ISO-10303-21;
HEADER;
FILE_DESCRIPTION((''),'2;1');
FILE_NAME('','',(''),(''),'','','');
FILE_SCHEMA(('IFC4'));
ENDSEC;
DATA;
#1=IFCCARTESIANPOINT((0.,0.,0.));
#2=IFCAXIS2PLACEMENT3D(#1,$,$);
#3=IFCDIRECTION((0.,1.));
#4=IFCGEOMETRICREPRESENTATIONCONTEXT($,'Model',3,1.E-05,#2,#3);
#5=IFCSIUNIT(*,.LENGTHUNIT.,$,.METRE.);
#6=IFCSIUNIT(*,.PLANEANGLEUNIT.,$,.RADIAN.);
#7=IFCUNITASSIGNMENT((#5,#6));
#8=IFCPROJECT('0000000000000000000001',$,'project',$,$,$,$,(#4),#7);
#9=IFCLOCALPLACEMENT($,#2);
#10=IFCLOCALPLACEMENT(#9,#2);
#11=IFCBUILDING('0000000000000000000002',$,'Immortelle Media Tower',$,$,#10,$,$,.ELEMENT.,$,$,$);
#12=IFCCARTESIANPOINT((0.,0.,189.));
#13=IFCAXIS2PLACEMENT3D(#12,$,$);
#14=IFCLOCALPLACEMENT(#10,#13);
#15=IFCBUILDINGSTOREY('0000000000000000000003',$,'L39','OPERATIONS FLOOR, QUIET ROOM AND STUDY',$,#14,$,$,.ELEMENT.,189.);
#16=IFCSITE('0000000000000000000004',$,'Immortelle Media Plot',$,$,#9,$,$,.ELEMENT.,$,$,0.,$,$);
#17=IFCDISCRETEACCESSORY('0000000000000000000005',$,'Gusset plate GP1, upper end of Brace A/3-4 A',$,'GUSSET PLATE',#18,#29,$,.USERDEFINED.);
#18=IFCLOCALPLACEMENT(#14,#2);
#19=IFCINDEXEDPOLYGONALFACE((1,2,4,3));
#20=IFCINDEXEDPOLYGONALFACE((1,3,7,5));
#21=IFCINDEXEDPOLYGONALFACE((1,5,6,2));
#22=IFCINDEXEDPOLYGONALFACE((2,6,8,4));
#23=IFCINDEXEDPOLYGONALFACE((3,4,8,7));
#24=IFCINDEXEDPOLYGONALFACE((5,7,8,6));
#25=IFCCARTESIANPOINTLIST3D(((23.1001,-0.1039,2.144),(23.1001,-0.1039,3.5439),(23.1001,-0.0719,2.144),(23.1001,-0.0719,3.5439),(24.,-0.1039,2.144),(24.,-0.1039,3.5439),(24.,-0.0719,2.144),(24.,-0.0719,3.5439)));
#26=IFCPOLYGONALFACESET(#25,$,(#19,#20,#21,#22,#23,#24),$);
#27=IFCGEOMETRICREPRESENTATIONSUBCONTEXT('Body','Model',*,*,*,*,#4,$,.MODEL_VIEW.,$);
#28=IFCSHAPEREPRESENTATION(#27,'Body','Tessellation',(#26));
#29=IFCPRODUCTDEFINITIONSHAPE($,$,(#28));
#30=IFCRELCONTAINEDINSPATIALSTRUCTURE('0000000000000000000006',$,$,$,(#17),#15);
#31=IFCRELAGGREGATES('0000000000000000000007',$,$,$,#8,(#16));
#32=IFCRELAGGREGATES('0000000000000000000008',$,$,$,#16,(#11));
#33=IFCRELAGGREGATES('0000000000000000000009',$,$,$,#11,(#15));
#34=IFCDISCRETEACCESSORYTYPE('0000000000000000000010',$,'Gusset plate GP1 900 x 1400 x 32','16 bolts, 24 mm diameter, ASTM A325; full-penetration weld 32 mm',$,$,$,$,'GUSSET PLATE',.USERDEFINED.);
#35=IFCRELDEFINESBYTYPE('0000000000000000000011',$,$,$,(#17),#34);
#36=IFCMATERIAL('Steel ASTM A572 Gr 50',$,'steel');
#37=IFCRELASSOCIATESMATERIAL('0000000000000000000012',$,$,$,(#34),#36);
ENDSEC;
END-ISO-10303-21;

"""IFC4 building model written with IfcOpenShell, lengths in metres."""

from ifc_helpers import new_model, si_unit, direction, frame, origin, origin_2d, place, context, subcontext, project, spatial, rectangle, extrude, material, material_profile, profile_set, type_object, element, save


model = new_model("IFC4")

# Units and contexts
model_context = context("Model", 3, precision=1e-05, world=origin(), true_north=direction((0.0, 1.0)))
body_context = subcontext(model_context, "Body", "Model", "MODEL_VIEW")
ifc_project = project(units=[si_unit("LENGTHUNIT", "METRE"), si_unit("PLANEANGLEUNIT", "RADIAN")], contexts=[model_context])

# Site, building, storey
site_placement = place(None, origin())
site = spatial("IfcSite", under=ifc_project, at=site_placement, Name="Immortelle Media Plot", CompositionType="ELEMENT", RefElevation=0.0)
building_placement = place(site_placement, origin())
building = spatial("IfcBuilding", under=site, at=building_placement, Name="Immortelle Media Tower", CompositionType="ELEMENT")
storey_placement = place(building_placement, frame((0.0, 0.0, 189.0)))
storey = spatial("IfcBuildingStorey", under=building, at=storey_placement, Name="L39", Description="OPERATIONS FLOOR, QUIET ROOM AND STUDY", CompositionType="ELEMENT", Elevation=189.0)

# Discrete accessory
ifc_material_1 = material(Name="Steel ASTM A572 Gr 50", Category="steel")
ifc_material_profile_1 = material_profile(ifc_material_1, rectangle(XDim=0.032, YDim=1.3999, at=origin_2d()), Name="PL 32 x 1400")
ifc_profile_set_1 = profile_set([ifc_material_profile_1], Name="Steel ASTM A572 Gr 50")
discrete_accessory_type_1 = type_object("IfcDiscreteAccessoryType", Name="Gusset plate GP1 900 x 1400 x 32", Description="16 bolts, 24 mm diameter, ASTM A325; full-penetration weld 32 mm", ElementType="GUSSET PLATE", PredefinedType="USERDEFINED", material=ifc_profile_set_1)
discrete_accessory_1_placement = place(storey_placement, frame((24.0, -0.0879, 2.844), z_axis=(-1.0, 0.0, 0.0), x_axis=(0.0, -1.0, 0.0)))
element("IfcDiscreteAccessory", 1, at=discrete_accessory_1_placement, inside=storey, type_object=discrete_accessory_type_1, Name="Gusset plate GP1, upper end of Brace A/3-4 A", ObjectType="GUSSET PLATE", PredefinedType="USERDEFINED", context=body_context, shape_type="SweptSolid", body=[
    extrude(rectangle(XDim=0.032, YDim=1.3999, at=origin_2d()), origin(), (0.0, 0.0, 1.0), 0.8999),
])

save(model, "model.ifc")
